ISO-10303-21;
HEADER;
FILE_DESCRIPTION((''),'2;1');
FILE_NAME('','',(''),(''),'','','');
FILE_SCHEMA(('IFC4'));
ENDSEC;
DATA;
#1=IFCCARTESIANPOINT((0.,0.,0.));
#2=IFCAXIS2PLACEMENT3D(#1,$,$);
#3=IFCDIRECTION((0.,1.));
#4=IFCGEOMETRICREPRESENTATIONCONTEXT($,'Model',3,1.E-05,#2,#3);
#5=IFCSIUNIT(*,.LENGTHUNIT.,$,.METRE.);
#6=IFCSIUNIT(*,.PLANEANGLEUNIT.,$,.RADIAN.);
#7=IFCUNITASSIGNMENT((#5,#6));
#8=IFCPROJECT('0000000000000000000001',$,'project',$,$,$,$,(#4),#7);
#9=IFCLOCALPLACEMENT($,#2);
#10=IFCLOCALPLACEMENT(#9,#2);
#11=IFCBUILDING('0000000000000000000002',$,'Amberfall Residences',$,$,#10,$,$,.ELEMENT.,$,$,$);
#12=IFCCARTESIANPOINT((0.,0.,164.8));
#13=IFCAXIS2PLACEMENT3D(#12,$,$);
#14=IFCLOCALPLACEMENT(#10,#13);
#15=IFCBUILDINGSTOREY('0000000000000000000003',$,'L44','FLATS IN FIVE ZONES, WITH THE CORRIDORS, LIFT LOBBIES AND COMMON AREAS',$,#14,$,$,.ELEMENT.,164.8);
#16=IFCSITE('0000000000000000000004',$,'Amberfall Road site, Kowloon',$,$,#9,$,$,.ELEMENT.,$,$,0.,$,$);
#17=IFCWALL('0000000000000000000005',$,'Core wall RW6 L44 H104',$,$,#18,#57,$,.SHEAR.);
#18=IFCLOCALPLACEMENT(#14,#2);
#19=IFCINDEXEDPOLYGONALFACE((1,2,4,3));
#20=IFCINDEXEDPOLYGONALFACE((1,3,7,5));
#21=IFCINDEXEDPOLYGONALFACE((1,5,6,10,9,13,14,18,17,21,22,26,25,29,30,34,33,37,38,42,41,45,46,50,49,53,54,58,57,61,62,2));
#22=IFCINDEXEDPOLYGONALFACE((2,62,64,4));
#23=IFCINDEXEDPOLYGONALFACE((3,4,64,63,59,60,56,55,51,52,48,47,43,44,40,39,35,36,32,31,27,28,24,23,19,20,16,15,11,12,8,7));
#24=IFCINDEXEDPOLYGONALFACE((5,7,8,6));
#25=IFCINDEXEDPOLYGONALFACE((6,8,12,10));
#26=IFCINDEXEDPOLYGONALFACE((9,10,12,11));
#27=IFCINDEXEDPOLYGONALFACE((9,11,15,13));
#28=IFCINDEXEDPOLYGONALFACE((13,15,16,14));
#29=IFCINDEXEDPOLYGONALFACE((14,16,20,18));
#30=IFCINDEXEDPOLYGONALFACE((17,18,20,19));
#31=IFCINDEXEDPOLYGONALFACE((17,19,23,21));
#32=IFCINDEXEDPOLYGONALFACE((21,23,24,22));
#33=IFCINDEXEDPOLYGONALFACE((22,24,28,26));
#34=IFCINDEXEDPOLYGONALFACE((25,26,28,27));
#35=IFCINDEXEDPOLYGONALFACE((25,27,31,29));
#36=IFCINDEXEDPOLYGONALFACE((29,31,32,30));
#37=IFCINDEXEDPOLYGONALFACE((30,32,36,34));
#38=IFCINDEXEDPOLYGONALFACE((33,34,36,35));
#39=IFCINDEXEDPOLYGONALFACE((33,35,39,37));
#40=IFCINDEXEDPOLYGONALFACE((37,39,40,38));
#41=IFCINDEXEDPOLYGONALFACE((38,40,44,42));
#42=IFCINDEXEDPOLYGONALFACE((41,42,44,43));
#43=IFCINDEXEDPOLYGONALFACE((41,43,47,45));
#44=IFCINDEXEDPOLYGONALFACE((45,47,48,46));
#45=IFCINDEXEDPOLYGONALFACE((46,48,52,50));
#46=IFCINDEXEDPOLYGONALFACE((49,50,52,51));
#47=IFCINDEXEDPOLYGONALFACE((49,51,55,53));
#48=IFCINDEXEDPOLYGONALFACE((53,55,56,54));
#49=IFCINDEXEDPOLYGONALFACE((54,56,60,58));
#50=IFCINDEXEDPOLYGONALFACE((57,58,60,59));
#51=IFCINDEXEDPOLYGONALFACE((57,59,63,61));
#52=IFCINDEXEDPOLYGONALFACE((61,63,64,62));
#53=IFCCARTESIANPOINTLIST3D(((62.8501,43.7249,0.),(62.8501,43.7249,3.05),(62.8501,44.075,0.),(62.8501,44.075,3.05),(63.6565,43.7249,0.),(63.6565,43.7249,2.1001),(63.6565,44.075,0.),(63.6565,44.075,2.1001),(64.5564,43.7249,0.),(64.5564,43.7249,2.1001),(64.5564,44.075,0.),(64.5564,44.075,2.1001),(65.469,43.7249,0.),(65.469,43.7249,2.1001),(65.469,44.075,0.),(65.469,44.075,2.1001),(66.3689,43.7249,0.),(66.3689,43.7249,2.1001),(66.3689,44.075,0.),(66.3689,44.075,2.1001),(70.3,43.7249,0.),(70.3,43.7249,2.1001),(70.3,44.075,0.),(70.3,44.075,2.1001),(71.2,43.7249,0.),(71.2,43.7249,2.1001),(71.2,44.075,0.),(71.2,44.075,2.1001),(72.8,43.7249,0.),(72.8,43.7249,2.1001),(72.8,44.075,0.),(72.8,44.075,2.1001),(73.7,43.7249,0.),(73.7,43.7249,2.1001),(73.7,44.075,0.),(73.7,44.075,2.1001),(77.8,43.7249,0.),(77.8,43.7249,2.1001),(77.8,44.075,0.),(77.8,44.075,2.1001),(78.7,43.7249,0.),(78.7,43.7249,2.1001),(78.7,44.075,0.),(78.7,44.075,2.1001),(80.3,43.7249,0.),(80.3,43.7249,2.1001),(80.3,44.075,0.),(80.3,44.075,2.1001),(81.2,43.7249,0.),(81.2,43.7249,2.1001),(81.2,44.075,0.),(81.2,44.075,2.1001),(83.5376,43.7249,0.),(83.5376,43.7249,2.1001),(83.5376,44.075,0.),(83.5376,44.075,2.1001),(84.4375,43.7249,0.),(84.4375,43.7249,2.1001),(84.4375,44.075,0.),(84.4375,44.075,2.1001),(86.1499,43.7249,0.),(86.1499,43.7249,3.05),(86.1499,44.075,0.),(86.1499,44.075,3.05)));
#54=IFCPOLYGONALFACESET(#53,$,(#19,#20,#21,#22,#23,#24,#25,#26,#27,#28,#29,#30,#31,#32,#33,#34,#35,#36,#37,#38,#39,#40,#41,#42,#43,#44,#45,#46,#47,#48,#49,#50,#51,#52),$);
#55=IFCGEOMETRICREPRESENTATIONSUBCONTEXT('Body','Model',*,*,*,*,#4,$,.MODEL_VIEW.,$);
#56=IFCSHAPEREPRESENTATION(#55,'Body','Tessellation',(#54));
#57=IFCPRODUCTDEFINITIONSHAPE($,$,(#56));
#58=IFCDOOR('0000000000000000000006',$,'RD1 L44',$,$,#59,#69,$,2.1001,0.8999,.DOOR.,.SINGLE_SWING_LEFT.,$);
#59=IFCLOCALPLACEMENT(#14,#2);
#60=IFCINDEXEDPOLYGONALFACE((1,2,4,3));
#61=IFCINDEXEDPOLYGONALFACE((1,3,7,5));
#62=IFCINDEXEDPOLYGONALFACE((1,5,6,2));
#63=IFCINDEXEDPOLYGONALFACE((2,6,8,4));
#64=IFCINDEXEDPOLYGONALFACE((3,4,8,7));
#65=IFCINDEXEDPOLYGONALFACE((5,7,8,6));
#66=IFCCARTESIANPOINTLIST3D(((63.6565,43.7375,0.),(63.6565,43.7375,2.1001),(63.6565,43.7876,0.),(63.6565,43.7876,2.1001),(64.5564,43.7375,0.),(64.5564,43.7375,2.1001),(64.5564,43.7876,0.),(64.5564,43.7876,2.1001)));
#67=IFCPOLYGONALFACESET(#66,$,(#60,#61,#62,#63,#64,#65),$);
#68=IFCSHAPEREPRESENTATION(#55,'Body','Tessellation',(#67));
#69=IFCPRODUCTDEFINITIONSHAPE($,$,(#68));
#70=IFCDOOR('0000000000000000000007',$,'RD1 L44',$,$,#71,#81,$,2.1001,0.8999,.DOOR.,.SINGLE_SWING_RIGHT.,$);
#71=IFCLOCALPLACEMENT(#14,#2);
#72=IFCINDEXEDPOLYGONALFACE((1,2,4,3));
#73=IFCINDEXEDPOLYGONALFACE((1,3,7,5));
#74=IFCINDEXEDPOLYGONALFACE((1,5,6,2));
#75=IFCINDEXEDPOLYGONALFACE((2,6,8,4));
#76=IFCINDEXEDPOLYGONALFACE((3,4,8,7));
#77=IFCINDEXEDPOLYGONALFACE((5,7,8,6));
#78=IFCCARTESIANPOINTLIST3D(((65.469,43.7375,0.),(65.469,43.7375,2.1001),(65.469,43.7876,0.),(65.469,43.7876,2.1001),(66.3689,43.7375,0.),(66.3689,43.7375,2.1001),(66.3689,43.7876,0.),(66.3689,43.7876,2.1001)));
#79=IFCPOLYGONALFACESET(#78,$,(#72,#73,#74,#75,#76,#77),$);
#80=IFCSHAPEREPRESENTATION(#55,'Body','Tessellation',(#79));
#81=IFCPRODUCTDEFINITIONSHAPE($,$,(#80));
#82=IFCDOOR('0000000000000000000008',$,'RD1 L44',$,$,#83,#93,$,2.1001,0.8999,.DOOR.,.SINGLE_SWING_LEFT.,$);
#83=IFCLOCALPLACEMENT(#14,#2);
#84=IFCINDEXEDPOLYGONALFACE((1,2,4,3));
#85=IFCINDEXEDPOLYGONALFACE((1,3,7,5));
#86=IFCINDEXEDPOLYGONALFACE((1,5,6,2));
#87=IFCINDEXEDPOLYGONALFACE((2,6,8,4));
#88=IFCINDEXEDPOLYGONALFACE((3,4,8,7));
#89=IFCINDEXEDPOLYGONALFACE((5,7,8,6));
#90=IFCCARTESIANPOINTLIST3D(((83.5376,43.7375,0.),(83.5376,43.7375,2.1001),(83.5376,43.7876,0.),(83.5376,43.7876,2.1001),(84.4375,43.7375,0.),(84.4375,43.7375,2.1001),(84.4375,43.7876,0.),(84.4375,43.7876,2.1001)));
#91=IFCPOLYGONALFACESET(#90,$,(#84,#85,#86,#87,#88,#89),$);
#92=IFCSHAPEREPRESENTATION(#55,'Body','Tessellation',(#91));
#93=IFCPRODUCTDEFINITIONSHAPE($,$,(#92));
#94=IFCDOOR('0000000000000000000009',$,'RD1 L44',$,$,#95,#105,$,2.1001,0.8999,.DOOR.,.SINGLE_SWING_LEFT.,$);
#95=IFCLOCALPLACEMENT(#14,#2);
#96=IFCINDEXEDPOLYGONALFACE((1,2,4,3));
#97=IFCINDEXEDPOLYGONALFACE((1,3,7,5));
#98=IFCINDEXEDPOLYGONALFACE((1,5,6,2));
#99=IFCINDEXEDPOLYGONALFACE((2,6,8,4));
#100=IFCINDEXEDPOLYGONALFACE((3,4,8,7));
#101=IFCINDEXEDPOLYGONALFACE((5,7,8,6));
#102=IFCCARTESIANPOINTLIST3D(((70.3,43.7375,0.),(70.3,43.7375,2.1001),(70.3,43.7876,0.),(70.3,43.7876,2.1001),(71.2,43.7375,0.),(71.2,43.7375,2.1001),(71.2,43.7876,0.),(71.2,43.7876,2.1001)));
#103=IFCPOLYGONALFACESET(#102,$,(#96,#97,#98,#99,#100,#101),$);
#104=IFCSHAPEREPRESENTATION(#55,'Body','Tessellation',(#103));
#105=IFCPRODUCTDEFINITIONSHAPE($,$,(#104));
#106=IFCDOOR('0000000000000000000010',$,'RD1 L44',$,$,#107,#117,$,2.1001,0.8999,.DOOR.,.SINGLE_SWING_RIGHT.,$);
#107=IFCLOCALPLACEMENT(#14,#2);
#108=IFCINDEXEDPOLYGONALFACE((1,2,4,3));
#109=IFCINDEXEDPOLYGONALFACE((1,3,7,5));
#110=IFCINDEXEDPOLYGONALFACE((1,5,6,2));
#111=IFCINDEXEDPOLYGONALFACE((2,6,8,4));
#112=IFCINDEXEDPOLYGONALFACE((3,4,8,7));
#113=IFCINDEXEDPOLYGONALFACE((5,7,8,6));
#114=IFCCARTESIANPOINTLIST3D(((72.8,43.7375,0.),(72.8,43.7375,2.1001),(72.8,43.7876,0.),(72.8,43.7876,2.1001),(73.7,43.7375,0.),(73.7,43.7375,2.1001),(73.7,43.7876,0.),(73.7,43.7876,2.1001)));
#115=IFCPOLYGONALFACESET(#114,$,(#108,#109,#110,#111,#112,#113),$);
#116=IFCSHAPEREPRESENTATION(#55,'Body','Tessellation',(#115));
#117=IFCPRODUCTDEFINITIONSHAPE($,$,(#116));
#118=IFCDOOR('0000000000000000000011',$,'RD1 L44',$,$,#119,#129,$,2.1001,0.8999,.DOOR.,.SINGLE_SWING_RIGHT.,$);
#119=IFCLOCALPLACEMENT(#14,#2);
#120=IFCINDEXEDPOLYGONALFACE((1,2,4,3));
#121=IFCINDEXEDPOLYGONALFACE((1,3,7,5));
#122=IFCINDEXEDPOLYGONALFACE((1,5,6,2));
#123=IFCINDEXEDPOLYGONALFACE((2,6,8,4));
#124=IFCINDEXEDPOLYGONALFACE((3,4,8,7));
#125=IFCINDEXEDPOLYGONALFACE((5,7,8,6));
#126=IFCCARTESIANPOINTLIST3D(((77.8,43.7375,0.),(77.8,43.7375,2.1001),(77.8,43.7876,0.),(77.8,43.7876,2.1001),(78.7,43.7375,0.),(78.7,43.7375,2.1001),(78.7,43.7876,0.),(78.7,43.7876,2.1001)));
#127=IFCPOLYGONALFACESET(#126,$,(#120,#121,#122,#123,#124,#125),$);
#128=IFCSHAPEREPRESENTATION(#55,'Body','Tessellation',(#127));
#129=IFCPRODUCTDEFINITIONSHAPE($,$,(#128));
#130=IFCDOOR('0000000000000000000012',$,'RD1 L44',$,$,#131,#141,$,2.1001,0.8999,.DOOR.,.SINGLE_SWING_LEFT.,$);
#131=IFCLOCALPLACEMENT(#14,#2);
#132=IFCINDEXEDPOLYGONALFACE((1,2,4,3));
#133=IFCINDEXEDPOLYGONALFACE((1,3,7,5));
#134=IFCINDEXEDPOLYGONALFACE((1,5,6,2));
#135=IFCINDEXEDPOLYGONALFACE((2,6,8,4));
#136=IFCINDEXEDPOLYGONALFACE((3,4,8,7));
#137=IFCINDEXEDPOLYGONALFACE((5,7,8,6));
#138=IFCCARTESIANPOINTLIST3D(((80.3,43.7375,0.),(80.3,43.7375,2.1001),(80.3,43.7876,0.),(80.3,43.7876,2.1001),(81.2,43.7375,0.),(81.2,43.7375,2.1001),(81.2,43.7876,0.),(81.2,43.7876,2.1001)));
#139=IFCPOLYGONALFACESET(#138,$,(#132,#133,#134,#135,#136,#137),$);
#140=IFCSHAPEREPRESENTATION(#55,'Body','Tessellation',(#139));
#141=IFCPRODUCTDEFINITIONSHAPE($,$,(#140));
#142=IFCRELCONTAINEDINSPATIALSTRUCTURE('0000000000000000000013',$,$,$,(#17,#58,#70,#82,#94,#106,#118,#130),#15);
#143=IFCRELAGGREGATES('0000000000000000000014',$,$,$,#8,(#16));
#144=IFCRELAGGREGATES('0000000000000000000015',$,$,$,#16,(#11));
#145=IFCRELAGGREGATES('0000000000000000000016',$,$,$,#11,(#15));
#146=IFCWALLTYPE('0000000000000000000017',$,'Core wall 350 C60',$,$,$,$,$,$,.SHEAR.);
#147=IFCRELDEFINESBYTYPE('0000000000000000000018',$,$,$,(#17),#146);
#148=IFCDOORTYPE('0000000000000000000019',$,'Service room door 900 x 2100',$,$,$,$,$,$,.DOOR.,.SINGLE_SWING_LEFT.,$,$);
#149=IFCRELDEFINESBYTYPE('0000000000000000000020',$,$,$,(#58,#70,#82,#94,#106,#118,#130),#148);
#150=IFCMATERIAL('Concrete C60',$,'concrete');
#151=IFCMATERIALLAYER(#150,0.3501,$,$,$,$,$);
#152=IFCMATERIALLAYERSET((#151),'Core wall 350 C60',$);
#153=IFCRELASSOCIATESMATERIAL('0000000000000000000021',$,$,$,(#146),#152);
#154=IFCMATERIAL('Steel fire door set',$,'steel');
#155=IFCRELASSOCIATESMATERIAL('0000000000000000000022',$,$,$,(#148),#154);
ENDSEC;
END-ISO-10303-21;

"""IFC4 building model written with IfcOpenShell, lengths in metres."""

from ifc_helpers import new_model, si_unit, direction, frame, frame_2d, origin, place, context, subcontext, project, spatial, rectangle, extrude, material, layer, layer_set, type_object, element, fill, save


model = new_model("IFC4")

# Units and contexts
model_context = context("Model", 3, precision=1e-05, world=origin(), true_north=direction((0.0, 1.0)))
body_context = subcontext(model_context, "Body", "Model", "MODEL_VIEW")
ifc_project = project(units=[si_unit("LENGTHUNIT", "METRE"), si_unit("PLANEANGLEUNIT", "RADIAN")], contexts=[model_context])

# Site, building, storey
site_placement = place(None, origin())
site = spatial("IfcSite", under=ifc_project, at=site_placement, Name="Amberfall Road site, Kowloon", CompositionType="ELEMENT", RefElevation=0.0)
building_placement = place(site_placement, origin())
building = spatial("IfcBuilding", under=site, at=building_placement, Name="Amberfall Residences", CompositionType="ELEMENT")
storey_placement = place(building_placement, frame((0.0, 0.0, 164.8)))
storey = spatial("IfcBuildingStorey", under=building, at=storey_placement, Name="L44", Description="FLATS IN FIVE ZONES, WITH THE CORRIDORS, LIFT LOBBIES AND COMMON AREAS", CompositionType="ELEMENT", Elevation=164.8)

# Wall, openings, doors
ifc_material_1 = material(Name="Concrete C60", Category="concrete")
ifc_layer_1 = layer(ifc_material_1, 0.3501)
ifc_layer_set_1 = layer_set([ifc_layer_1], Name="Core wall 350 C60")
wall_type_1 = type_object("IfcWallType", Name="Core wall 350 C60", PredefinedType="SHEAR", material=ifc_layer_set_1)
wall_1_placement = place(storey_placement, frame((62.8501, 43.8999, 0.0), z_axis=(0.0, 0.0, 1.0), x_axis=(1.0, 0.0, 0.0)))
wall_1 = element("IfcWall", 1, at=wall_1_placement, inside=storey, type_object=wall_type_1, Name="Core wall RW6 L44 H104", PredefinedType="SHEAR", context=body_context, shape_type="SweptSolid", body=[
    extrude(rectangle(XDim=23.2998, YDim=0.3501, at=frame_2d((11.6499, 0.0))), origin(), (0.0, 0.0, 1.0), 3.05),
])
opening_1_placement = place(wall_1_placement, frame((0.8064, 0.0, 0.0)))
opening_1 = element("IfcOpeningElement", 2, at=opening_1_placement, cuts=wall_1, PredefinedType="OPENING", context=body_context, shape_type="SweptSolid", body=[
    extrude(rectangle(XDim=0.8999, YDim=2.1001, at=frame_2d((0.45, 1.05))), frame((0.0, 0.1851, 0.0), z_axis=(0.0, -1.0, 0.0), x_axis=(1.0, 0.0, 0.0)), (0.0, 0.0, 1.0), 0.3701),
])
opening_2_placement = place(wall_1_placement, frame((2.6189, 0.0, 0.0)))
opening_2 = element("IfcOpeningElement", 3, at=opening_2_placement, cuts=wall_1, PredefinedType="OPENING", context=body_context, shape_type="SweptSolid", body=[
    extrude(rectangle(XDim=0.8999, YDim=2.1001, at=frame_2d((0.45, 1.05))), frame((0.0, 0.1851, 0.0), z_axis=(0.0, -1.0, 0.0), x_axis=(1.0, 0.0, 0.0)), (0.0, 0.0, 1.0), 0.3701),
])
opening_3_placement = place(wall_1_placement, frame((20.6875, 0.0, 0.0)))
opening_3 = element("IfcOpeningElement", 4, at=opening_3_placement, cuts=wall_1, PredefinedType="OPENING", context=body_context, shape_type="SweptSolid", body=[
    extrude(rectangle(XDim=0.8999, YDim=2.1001, at=frame_2d((0.45, 1.05))), frame((0.0, 0.1851, 0.0), z_axis=(0.0, -1.0, 0.0), x_axis=(1.0, 0.0, 0.0)), (0.0, 0.0, 1.0), 0.3701),
])
opening_4_placement = place(wall_1_placement, frame((7.45, 0.0, 0.0)))
opening_4 = element("IfcOpeningElement", 5, at=opening_4_placement, cuts=wall_1, PredefinedType="OPENING", context=body_context, shape_type="SweptSolid", body=[
    extrude(rectangle(XDim=0.8999, YDim=2.1001, at=frame_2d((0.45, 1.05))), frame((0.0, 0.1851, 0.0), z_axis=(0.0, -1.0, 0.0), x_axis=(1.0, 0.0, 0.0)), (0.0, 0.0, 1.0), 0.3701),
])
opening_5_placement = place(wall_1_placement, frame((9.95, 0.0, 0.0)))
opening_5 = element("IfcOpeningElement", 6, at=opening_5_placement, cuts=wall_1, PredefinedType="OPENING", context=body_context, shape_type="SweptSolid", body=[
    extrude(rectangle(XDim=0.8999, YDim=2.1001, at=frame_2d((0.45, 1.05))), frame((0.0, 0.1851, 0.0), z_axis=(0.0, -1.0, 0.0), x_axis=(1.0, 0.0, 0.0)), (0.0, 0.0, 1.0), 0.3701),
])
opening_6_placement = place(wall_1_placement, frame((14.95, 0.0, 0.0)))
opening_6 = element("IfcOpeningElement", 7, at=opening_6_placement, cuts=wall_1, PredefinedType="OPENING", context=body_context, shape_type="SweptSolid", body=[
    extrude(rectangle(XDim=0.8999, YDim=2.1001, at=frame_2d((0.45, 1.05))), frame((0.0, 0.1851, 0.0), z_axis=(0.0, -1.0, 0.0), x_axis=(1.0, 0.0, 0.0)), (0.0, 0.0, 1.0), 0.3701),
])
opening_7_placement = place(wall_1_placement, frame((17.45, 0.0, 0.0)))
opening_7 = element("IfcOpeningElement", 8, at=opening_7_placement, cuts=wall_1, PredefinedType="OPENING", context=body_context, shape_type="SweptSolid", body=[
    extrude(rectangle(XDim=0.8999, YDim=2.1001, at=frame_2d((0.45, 1.05))), frame((0.0, 0.1851, 0.0), z_axis=(0.0, -1.0, 0.0), x_axis=(1.0, 0.0, 0.0)), (0.0, 0.0, 1.0), 0.3701),
])
ifc_material_2 = material(Name="Steel fire door set", Category="steel")
door_type_1 = type_object("IfcDoorType", Name="Service room door 900 x 2100", OperationType="SINGLE_SWING_LEFT", PredefinedType="DOOR", material=ifc_material_2)
door_1_placement = place(opening_1_placement, origin())
door_1 = element("IfcDoor", 9, at=door_1_placement, inside=storey, type_object=door_type_1, Name="RD1 L44", OperationType="SINGLE_SWING_LEFT", OverallHeight=2.1001, OverallWidth=0.8999, PredefinedType="DOOR", context=body_context, shape_type="SweptSolid", body=[
    extrude(rectangle(XDim=0.8999, YDim=2.1001, at=frame_2d((0.45, 1.05))), frame((0.0, -0.1123, 0.0), z_axis=(0.0, -1.0, 0.0), x_axis=(1.0, 0.0, 0.0)), (0.0, 0.0, 1.0), 0.05),
])
fill(opening_1, door_1)
door_2_placement = place(opening_2_placement, origin())
door_2 = element("IfcDoor", 10, at=door_2_placement, inside=storey, type_object=door_type_1, Name="RD1 L44", OperationType="SINGLE_SWING_RIGHT", OverallHeight=2.1001, OverallWidth=0.8999, PredefinedType="DOOR", context=body_context, shape_type="SweptSolid", body=[
    extrude(rectangle(XDim=0.8999, YDim=2.1001, at=frame_2d((0.45, 1.05))), frame((0.0, -0.1123, 0.0), z_axis=(0.0, -1.0, 0.0), x_axis=(1.0, 0.0, 0.0)), (0.0, 0.0, 1.0), 0.05),
])
fill(opening_2, door_2)
door_3_placement = place(opening_3_placement, origin())
door_3 = element("IfcDoor", 11, at=door_3_placement, inside=storey, type_object=door_type_1, Name="RD1 L44", OperationType="SINGLE_SWING_LEFT", OverallHeight=2.1001, OverallWidth=0.8999, PredefinedType="DOOR", context=body_context, shape_type="SweptSolid", body=[
    extrude(rectangle(XDim=0.8999, YDim=2.1001, at=frame_2d((0.45, 1.05))), frame((0.0, -0.1123, 0.0), z_axis=(0.0, -1.0, 0.0), x_axis=(1.0, 0.0, 0.0)), (0.0, 0.0, 1.0), 0.05),
])
fill(opening_3, door_3)
door_4_placement = place(opening_4_placement, origin())
door_4 = element("IfcDoor", 12, at=door_4_placement, inside=storey, type_object=door_type_1, Name="RD1 L44", OperationType="SINGLE_SWING_LEFT", OverallHeight=2.1001, OverallWidth=0.8999, PredefinedType="DOOR", context=body_context, shape_type="SweptSolid", body=[
    extrude(rectangle(XDim=0.8999, YDim=2.1001, at=frame_2d((0.45, 1.05))), frame((0.0, -0.1123, 0.0), z_axis=(0.0, -1.0, 0.0), x_axis=(1.0, 0.0, 0.0)), (0.0, 0.0, 1.0), 0.05),
])
fill(opening_4, door_4)
door_5_placement = place(opening_5_placement, origin())
door_5 = element("IfcDoor", 13, at=door_5_placement, inside=storey, type_object=door_type_1, Name="RD1 L44", OperationType="SINGLE_SWING_RIGHT", OverallHeight=2.1001, OverallWidth=0.8999, PredefinedType="DOOR", context=body_context, shape_type="SweptSolid", body=[
    extrude(rectangle(XDim=0.8999, YDim=2.1001, at=frame_2d((0.45, 1.05))), frame((0.0, -0.1123, 0.0), z_axis=(0.0, -1.0, 0.0), x_axis=(1.0, 0.0, 0.0)), (0.0, 0.0, 1.0), 0.05),
])
fill(opening_5, door_5)
door_6_placement = place(opening_6_placement, origin())
door_6 = element("IfcDoor", 14, at=door_6_placement, inside=storey, type_object=door_type_1, Name="RD1 L44", OperationType="SINGLE_SWING_RIGHT", OverallHeight=2.1001, OverallWidth=0.8999, PredefinedType="DOOR", context=body_context, shape_type="SweptSolid", body=[
    extrude(rectangle(XDim=0.8999, YDim=2.1001, at=frame_2d((0.45, 1.05))), frame((0.0, -0.1123, 0.0), z_axis=(0.0, -1.0, 0.0), x_axis=(1.0, 0.0, 0.0)), (0.0, 0.0, 1.0), 0.05),
])
fill(opening_6, door_6)
door_7_placement = place(opening_7_placement, origin())
door_7 = element("IfcDoor", 15, at=door_7_placement, inside=storey, type_object=door_type_1, Name="RD1 L44", OperationType="SINGLE_SWING_LEFT", OverallHeight=2.1001, OverallWidth=0.8999, PredefinedType="DOOR", context=body_context, shape_type="SweptSolid", body=[
    extrude(rectangle(XDim=0.8999, YDim=2.1001, at=frame_2d((0.45, 1.05))), frame((0.0, -0.1123, 0.0), z_axis=(0.0, -1.0, 0.0), x_axis=(1.0, 0.0, 0.0)), (0.0, 0.0, 1.0), 0.05),
])
fill(opening_7, door_7)

save(model, "model.ifc")
